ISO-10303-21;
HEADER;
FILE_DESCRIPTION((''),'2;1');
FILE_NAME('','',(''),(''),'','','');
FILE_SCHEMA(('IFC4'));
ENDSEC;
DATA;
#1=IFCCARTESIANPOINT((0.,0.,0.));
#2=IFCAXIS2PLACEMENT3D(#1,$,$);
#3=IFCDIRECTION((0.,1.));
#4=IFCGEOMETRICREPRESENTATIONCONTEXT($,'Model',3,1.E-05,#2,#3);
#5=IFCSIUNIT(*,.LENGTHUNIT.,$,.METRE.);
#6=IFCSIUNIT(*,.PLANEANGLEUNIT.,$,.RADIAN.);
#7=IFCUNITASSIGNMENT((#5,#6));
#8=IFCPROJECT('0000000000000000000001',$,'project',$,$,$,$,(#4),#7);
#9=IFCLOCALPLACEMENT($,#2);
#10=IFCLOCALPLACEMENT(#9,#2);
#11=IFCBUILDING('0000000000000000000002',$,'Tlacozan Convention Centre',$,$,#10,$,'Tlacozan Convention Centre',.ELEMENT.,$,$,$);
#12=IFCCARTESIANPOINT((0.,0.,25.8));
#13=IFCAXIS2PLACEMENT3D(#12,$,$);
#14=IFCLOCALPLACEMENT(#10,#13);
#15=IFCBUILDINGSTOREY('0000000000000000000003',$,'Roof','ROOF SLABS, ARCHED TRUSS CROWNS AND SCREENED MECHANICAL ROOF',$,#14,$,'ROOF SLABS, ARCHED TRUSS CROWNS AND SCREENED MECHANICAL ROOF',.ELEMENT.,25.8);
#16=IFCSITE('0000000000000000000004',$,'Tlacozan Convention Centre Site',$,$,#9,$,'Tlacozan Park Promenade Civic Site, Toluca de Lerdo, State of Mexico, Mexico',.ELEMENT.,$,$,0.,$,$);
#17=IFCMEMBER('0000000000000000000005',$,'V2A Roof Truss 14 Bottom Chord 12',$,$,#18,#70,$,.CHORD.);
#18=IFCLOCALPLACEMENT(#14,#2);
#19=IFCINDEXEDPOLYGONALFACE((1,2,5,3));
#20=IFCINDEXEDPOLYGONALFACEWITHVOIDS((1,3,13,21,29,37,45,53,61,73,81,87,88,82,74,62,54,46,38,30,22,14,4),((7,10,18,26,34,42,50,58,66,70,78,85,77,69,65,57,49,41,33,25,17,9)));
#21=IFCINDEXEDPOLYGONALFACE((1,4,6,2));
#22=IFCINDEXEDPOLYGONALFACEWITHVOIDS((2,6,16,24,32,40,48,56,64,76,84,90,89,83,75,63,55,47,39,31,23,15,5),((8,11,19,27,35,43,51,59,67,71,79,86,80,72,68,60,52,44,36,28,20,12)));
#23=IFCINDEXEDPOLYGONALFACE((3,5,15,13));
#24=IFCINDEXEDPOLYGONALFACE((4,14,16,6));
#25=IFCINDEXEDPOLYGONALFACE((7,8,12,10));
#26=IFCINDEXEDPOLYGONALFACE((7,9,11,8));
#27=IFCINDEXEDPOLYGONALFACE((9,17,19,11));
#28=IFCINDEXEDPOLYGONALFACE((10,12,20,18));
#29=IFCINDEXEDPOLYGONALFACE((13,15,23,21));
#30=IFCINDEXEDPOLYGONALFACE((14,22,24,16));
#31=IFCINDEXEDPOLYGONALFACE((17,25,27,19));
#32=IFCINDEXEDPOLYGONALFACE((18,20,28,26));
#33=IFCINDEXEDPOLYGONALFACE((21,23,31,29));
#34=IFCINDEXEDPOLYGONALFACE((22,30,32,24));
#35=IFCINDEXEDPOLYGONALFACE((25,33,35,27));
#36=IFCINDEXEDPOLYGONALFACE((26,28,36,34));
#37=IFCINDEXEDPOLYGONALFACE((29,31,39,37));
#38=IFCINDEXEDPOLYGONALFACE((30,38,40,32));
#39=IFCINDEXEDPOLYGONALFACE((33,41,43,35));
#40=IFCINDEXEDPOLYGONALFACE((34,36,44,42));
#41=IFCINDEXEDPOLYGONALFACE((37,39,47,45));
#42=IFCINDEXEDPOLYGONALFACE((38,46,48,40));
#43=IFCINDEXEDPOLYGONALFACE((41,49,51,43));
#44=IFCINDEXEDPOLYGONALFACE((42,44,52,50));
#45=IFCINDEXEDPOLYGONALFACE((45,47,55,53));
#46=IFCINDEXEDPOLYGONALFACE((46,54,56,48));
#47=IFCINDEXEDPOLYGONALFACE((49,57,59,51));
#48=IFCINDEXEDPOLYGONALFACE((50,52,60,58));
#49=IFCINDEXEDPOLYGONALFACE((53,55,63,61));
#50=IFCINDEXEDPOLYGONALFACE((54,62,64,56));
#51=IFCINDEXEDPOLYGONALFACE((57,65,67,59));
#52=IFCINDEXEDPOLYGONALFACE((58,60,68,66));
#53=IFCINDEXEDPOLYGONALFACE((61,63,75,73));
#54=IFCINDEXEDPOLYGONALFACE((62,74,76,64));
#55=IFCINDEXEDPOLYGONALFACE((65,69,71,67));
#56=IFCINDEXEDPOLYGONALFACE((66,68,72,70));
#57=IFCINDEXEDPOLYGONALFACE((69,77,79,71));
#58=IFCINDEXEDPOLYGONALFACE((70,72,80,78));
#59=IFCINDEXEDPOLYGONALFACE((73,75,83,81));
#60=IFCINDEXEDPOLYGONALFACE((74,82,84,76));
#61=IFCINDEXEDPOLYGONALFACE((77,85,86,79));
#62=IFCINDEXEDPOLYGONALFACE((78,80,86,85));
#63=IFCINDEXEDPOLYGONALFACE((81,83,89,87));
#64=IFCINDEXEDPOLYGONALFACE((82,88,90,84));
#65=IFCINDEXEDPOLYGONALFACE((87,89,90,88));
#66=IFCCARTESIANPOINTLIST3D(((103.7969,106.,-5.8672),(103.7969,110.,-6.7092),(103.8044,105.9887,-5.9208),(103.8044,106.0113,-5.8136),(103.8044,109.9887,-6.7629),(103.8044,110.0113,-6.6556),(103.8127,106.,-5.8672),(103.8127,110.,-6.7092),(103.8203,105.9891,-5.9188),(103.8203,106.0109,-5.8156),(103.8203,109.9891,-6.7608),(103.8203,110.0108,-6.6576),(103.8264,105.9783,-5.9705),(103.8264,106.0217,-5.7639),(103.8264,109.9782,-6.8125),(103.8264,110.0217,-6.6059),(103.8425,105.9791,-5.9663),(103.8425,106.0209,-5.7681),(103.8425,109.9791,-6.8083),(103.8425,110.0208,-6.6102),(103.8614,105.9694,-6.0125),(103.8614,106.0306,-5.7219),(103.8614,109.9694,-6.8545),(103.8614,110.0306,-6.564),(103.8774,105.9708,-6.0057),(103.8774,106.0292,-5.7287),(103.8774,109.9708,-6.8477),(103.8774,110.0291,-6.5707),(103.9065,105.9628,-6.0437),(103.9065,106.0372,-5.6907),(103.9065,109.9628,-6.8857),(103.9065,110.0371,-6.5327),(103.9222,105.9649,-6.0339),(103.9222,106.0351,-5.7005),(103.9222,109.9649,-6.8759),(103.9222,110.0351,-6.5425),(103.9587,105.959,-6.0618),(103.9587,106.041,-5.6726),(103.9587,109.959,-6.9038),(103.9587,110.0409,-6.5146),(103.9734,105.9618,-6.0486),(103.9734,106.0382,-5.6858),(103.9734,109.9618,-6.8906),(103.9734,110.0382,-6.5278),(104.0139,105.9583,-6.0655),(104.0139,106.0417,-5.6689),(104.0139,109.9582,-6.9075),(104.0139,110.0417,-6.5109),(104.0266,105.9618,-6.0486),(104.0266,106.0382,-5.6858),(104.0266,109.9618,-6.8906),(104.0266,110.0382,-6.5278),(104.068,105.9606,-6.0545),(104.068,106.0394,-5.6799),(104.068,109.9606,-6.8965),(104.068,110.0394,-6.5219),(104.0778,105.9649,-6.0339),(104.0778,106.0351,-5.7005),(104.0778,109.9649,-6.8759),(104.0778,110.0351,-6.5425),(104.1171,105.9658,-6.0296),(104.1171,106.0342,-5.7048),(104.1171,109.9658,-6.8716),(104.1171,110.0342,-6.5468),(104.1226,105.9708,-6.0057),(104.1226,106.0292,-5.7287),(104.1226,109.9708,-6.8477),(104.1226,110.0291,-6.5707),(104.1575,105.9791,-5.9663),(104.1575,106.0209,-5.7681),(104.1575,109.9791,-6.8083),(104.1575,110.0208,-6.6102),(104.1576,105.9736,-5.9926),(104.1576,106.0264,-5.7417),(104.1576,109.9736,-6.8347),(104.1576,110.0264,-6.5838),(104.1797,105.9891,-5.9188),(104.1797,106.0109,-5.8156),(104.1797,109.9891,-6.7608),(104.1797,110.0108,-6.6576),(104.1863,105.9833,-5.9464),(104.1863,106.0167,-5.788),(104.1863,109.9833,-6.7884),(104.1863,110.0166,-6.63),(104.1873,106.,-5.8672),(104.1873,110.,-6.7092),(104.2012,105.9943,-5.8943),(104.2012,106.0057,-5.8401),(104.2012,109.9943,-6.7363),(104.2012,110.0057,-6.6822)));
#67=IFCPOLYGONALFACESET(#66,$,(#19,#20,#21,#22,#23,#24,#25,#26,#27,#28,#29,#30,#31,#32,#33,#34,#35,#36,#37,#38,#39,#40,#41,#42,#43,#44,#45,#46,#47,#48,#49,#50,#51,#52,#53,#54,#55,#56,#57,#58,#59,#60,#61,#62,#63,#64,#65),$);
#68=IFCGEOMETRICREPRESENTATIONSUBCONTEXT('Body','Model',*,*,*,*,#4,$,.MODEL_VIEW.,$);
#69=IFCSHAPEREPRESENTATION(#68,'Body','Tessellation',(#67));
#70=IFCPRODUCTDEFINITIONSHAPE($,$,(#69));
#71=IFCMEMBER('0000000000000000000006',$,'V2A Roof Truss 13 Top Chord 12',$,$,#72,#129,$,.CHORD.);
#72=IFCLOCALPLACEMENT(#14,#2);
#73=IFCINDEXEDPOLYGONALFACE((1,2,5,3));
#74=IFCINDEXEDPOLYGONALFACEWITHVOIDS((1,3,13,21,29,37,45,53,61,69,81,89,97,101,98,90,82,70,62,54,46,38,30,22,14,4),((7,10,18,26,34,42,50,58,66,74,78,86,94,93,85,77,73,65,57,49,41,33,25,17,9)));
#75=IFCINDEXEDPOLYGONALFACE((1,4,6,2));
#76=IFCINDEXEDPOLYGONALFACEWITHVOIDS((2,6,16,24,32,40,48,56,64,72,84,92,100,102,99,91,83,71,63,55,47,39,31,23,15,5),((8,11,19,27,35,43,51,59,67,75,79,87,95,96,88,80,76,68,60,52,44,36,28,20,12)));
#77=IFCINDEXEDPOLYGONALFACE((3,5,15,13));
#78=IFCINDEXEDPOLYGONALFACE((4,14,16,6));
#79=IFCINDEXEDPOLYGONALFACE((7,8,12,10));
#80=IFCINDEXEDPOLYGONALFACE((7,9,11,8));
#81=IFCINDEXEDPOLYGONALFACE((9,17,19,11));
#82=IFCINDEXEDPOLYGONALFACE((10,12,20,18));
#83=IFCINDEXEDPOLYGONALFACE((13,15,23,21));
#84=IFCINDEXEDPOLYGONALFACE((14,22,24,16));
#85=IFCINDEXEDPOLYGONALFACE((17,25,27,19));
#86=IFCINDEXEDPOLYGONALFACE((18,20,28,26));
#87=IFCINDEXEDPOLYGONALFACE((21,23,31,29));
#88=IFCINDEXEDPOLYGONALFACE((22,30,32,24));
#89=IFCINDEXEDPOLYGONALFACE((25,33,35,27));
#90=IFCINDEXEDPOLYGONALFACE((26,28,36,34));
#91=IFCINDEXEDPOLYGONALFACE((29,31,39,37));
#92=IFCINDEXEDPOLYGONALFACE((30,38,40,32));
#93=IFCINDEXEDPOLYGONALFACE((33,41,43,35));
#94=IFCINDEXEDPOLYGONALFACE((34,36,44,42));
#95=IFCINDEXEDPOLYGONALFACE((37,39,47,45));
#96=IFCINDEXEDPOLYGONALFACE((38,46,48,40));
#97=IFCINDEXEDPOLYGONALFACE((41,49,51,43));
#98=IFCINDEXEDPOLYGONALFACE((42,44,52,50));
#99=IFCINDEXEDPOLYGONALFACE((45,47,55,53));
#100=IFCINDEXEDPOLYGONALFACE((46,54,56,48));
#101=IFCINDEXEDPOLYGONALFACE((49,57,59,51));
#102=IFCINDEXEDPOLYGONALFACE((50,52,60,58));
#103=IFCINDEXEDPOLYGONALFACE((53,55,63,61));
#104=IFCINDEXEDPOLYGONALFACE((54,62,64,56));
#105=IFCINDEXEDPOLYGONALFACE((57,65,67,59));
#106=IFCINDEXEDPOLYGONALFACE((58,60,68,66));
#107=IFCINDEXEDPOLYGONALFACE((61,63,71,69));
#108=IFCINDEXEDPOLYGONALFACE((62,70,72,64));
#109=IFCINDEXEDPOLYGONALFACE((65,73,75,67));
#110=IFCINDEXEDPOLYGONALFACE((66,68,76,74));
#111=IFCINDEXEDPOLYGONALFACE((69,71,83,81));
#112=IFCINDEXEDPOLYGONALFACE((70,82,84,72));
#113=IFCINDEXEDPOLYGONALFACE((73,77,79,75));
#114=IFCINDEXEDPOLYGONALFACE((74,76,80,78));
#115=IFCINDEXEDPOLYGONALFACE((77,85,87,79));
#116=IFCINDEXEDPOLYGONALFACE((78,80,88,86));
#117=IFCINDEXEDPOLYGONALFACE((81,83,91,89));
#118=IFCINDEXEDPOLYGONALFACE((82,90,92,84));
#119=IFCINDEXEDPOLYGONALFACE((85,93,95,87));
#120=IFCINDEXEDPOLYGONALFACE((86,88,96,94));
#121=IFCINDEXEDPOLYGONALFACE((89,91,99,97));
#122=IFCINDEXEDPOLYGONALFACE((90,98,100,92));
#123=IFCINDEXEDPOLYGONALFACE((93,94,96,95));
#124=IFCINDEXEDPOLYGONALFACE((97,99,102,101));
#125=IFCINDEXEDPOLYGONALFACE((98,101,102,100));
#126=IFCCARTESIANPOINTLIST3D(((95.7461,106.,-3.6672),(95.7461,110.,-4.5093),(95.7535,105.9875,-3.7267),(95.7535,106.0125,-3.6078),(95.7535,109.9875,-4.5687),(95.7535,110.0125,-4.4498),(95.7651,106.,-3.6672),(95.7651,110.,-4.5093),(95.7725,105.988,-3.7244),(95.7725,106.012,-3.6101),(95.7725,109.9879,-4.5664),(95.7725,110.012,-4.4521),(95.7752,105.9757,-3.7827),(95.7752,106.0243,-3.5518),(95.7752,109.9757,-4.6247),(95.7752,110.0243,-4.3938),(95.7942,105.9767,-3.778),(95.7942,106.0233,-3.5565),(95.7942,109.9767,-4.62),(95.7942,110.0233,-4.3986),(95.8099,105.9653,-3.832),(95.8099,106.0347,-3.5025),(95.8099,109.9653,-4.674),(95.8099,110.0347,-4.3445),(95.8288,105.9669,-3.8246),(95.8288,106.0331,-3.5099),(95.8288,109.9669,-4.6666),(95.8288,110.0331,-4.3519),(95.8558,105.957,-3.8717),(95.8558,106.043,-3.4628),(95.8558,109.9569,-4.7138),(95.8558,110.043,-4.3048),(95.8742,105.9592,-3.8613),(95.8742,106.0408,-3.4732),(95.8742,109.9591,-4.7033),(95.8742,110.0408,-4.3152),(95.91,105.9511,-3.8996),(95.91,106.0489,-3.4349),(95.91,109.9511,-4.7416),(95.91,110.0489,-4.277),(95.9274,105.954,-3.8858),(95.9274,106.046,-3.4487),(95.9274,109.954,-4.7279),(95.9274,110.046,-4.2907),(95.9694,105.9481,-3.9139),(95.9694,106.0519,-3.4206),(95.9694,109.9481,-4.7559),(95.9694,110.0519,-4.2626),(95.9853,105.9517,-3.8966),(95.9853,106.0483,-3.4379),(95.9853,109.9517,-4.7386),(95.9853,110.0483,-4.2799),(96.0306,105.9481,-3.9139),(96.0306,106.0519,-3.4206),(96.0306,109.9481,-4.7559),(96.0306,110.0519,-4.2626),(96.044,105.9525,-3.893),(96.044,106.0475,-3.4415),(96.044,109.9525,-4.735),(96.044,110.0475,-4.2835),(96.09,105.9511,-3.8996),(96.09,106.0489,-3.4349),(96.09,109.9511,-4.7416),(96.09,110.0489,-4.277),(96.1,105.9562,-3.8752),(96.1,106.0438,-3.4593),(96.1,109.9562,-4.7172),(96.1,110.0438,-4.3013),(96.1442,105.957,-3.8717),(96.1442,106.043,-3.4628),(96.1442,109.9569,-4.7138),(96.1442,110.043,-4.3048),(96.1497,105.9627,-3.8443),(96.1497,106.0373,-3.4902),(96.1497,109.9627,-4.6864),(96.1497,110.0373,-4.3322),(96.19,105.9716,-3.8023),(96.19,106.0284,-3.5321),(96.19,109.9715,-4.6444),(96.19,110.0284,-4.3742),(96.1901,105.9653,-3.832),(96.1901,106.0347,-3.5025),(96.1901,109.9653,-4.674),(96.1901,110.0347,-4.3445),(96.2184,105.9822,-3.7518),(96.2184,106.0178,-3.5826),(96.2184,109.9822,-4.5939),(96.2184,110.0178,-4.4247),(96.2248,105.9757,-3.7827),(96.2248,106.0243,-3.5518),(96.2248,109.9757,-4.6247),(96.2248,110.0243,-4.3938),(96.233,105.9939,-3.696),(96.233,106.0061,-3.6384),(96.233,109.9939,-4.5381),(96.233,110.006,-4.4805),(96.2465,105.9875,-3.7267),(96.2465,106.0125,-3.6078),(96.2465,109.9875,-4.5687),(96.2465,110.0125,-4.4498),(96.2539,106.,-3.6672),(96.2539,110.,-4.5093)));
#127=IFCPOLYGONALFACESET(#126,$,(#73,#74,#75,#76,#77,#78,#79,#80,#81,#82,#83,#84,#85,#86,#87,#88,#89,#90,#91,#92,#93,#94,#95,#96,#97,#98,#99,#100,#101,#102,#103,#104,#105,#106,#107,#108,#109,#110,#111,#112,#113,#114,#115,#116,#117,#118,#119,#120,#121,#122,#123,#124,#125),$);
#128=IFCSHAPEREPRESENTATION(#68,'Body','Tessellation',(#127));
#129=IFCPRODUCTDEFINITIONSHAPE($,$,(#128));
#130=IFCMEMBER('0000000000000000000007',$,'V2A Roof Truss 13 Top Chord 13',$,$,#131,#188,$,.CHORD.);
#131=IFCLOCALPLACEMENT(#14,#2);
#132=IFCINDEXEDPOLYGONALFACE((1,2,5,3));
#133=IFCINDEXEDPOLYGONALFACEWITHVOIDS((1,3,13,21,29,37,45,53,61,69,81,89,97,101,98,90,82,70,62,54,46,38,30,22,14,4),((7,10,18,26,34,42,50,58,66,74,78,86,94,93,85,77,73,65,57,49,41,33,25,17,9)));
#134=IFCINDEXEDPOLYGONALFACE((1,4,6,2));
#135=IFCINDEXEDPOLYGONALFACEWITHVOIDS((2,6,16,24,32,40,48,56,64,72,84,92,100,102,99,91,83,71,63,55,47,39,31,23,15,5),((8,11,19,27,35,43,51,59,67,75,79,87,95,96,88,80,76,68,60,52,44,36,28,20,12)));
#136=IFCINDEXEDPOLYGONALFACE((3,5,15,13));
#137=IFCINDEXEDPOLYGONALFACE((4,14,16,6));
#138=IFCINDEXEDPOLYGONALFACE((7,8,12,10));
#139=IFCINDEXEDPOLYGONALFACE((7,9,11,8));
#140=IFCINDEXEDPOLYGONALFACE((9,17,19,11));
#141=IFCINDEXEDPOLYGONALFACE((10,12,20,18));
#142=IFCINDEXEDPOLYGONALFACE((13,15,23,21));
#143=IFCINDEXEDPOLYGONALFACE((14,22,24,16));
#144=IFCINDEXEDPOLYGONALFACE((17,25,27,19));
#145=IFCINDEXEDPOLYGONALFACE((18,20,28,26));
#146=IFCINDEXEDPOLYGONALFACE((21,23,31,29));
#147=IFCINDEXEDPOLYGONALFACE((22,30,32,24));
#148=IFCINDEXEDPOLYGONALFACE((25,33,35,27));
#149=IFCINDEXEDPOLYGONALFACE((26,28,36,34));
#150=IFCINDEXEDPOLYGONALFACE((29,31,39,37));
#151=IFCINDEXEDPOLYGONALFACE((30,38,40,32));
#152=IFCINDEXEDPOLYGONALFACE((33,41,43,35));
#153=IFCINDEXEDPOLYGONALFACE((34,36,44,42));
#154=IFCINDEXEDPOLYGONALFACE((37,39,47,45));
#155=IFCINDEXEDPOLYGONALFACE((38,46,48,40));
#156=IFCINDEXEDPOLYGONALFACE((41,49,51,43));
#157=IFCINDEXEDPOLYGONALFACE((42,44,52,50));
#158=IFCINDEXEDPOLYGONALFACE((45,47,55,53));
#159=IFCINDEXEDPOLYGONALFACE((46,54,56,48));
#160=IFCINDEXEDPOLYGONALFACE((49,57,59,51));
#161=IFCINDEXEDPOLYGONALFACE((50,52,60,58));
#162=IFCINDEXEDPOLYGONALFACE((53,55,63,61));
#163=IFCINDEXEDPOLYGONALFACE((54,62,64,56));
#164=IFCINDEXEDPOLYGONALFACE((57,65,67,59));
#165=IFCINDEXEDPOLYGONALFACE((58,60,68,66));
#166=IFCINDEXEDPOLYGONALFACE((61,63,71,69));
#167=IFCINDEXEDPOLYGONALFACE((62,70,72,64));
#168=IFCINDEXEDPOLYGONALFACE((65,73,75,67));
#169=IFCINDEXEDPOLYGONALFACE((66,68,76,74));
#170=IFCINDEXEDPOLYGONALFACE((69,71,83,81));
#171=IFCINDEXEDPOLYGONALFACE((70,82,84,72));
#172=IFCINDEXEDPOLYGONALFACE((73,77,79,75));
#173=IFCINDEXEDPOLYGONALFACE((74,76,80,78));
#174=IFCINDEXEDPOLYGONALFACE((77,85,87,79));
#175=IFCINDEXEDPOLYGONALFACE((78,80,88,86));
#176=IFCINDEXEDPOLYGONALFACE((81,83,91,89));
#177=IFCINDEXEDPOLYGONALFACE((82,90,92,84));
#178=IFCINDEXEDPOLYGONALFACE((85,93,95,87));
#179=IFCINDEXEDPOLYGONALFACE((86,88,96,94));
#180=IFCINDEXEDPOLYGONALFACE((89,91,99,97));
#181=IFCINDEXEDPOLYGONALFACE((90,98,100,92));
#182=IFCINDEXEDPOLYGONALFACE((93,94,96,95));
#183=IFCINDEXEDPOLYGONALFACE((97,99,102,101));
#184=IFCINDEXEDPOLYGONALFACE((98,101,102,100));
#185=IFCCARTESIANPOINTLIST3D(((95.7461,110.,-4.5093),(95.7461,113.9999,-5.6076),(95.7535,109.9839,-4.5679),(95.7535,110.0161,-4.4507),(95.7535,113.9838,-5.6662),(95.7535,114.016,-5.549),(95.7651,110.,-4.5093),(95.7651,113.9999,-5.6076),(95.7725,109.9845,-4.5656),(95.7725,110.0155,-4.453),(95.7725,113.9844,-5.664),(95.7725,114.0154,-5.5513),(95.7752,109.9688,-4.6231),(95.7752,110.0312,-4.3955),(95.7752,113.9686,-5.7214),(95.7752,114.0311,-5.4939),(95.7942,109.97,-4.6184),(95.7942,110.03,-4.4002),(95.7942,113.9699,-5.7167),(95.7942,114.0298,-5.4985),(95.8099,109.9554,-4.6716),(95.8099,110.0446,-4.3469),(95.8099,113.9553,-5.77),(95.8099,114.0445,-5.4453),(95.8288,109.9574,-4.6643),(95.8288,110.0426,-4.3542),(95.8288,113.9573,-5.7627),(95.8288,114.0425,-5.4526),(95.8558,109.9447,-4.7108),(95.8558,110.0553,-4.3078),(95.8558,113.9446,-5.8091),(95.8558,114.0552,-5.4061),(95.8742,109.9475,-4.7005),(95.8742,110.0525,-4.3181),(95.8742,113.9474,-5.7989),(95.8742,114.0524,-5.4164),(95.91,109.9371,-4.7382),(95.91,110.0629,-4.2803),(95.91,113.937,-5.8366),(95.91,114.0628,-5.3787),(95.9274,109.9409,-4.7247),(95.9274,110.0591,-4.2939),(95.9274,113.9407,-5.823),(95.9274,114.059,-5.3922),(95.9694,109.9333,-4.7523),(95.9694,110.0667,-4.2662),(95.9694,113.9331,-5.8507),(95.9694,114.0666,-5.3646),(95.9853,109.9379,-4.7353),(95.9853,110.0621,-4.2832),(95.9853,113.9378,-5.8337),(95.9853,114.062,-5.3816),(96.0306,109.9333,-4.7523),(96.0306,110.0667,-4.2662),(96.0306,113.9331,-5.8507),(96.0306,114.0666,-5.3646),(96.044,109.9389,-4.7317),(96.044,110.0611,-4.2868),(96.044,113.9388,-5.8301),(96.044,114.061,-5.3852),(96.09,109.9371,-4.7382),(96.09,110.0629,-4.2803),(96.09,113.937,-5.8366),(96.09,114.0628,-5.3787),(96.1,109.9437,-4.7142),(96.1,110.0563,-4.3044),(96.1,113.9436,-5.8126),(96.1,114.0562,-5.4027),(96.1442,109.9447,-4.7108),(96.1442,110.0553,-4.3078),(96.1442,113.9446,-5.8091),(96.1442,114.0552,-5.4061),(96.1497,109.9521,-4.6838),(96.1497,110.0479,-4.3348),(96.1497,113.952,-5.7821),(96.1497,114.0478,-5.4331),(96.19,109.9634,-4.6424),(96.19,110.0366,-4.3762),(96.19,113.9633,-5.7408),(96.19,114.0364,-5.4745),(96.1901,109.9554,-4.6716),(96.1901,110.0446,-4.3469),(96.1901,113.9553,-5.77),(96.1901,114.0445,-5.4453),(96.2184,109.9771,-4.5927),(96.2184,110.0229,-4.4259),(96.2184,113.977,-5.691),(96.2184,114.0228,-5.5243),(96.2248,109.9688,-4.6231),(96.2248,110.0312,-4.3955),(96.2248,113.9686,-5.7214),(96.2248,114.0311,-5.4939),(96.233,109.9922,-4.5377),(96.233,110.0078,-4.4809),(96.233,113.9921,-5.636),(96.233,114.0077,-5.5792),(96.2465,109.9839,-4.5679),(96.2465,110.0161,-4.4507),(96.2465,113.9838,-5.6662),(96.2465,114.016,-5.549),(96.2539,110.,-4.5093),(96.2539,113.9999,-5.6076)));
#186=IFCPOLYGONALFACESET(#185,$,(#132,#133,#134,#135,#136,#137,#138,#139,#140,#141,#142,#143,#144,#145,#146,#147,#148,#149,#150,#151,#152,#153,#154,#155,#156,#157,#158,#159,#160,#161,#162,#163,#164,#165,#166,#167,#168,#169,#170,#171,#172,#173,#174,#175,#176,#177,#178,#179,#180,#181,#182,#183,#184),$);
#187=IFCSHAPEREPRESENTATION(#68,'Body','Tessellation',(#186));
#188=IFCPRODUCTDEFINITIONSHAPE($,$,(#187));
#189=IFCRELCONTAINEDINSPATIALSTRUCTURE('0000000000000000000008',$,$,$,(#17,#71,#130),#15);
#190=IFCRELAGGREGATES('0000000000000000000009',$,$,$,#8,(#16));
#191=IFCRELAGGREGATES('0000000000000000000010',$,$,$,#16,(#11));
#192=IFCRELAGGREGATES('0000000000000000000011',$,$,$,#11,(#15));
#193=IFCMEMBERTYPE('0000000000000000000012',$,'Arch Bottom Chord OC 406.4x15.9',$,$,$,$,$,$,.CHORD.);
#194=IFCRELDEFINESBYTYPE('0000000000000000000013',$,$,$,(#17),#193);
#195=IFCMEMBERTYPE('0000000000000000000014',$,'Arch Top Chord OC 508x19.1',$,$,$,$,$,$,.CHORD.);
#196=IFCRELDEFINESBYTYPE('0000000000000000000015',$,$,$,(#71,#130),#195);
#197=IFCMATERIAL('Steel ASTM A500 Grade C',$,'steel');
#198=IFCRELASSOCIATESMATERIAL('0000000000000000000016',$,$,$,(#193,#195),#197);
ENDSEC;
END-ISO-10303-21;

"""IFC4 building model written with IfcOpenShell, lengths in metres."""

from ifc_helpers import new_model, si_unit, direction, frame, origin, origin_2d, place, context, subcontext, project, spatial, hollow_circle, extrude, material, material_profile, profile_set, type_object, element, save


model = new_model("IFC4")

# Units and contexts
model_context = context("Model", 3, precision=1e-05, world=origin(), true_north=direction((0.0, 1.0)))
body_context = subcontext(model_context, "Body", "Model", "MODEL_VIEW")
ifc_project = project(units=[si_unit("LENGTHUNIT", "METRE"), si_unit("PLANEANGLEUNIT", "RADIAN")], contexts=[model_context])

# Site, building, storey
site_placement = place(None, origin())
site = spatial("IfcSite", under=ifc_project, at=site_placement, Name="Tlacozan Convention Centre Site", LongName="Tlacozan Park Promenade Civic Site, Toluca de Lerdo, State of Mexico, Mexico", CompositionType="ELEMENT", RefElevation=0.0)
building_placement = place(site_placement, origin())
building = spatial("IfcBuilding", under=site, at=building_placement, Name="Tlacozan Convention Centre", LongName="Tlacozan Convention Centre", CompositionType="ELEMENT")
storey_placement = place(building_placement, frame((0.0, 0.0, 25.8)))
storey = spatial("IfcBuildingStorey", under=building, at=storey_placement, Name="Roof", Description="ROOF SLABS, ARCHED TRUSS CROWNS AND SCREENED MECHANICAL ROOF", LongName="ROOF SLABS, ARCHED TRUSS CROWNS AND SCREENED MECHANICAL ROOF", CompositionType="ELEMENT", Elevation=25.8)

# Members
ifc_material_1 = material(Name="Steel ASTM A500 Grade C", Category="steel")
ifc_material_profile_1 = material_profile(ifc_material_1, hollow_circle(Radius=0.2031, WallThickness=0.0159, at=origin_2d()), Name="OC 406.4x15.9")
ifc_profile_set_1 = profile_set([ifc_material_profile_1], Name="Steel ASTM A500 Grade C")
member_type_1 = type_object("IfcMemberType", Name="Arch Bottom Chord OC 406.4x15.9", PredefinedType="CHORD", material=ifc_profile_set_1)
member_1_placement = place(storey_placement, frame((104.0, 106.0, -5.8672), z_axis=(0.0, 0.978553, -0.205995), x_axis=(-1.0, 0.0, 0.0)))
element("IfcMember", 1, at=member_1_placement, inside=storey, type_object=member_type_1, Name="V2A Roof Truss 14 Bottom Chord 12", PredefinedType="CHORD", context=body_context, shape_type="SweptSolid", body=[
    extrude(hollow_circle(Radius=0.2031, WallThickness=0.0159, at=origin_2d()), origin(), (0.0, 0.0, 1.0), 4.0876),
])
ifc_material_profile_2 = material_profile(ifc_material_1, hollow_circle(Radius=0.2539, WallThickness=0.019, at=origin_2d()), Name="OC 508.0x19.1")
ifc_profile_set_2 = profile_set([ifc_material_profile_2], Name="Steel ASTM A500 Grade C")
member_type_2 = type_object("IfcMemberType", Name="Arch Top Chord OC 508x19.1", PredefinedType="CHORD", material=ifc_profile_set_2)
member_2_placement = place(storey_placement, frame((96.0, 106.0, -3.6672), z_axis=(0.0, 0.978553, -0.205995), x_axis=(-1.0, 0.0, 0.0)))
element("IfcMember", 2, at=member_2_placement, inside=storey, type_object=member_type_2, Name="V2A Roof Truss 13 Top Chord 12", PredefinedType="CHORD", context=body_context, shape_type="SweptSolid", body=[
    extrude(hollow_circle(Radius=0.2539, WallThickness=0.019, at=origin_2d()), origin(), (0.0, 0.0, 1.0), 4.0876),
])
member_3_placement = place(storey_placement, frame((96.0, 110.0, -4.5093), z_axis=(0.0, 0.964305, -0.264795), x_axis=(-1.0, 0.0, 0.0)))
element("IfcMember", 3, at=member_3_placement, inside=storey, type_object=member_type_2, Name="V2A Roof Truss 13 Top Chord 13", PredefinedType="CHORD", context=body_context, shape_type="SweptSolid", body=[
    extrude(hollow_circle(Radius=0.2539, WallThickness=0.019, at=origin_2d()), origin(), (0.0, 0.0, 1.0), 4.1479),
])

save(model, "model.ifc")
